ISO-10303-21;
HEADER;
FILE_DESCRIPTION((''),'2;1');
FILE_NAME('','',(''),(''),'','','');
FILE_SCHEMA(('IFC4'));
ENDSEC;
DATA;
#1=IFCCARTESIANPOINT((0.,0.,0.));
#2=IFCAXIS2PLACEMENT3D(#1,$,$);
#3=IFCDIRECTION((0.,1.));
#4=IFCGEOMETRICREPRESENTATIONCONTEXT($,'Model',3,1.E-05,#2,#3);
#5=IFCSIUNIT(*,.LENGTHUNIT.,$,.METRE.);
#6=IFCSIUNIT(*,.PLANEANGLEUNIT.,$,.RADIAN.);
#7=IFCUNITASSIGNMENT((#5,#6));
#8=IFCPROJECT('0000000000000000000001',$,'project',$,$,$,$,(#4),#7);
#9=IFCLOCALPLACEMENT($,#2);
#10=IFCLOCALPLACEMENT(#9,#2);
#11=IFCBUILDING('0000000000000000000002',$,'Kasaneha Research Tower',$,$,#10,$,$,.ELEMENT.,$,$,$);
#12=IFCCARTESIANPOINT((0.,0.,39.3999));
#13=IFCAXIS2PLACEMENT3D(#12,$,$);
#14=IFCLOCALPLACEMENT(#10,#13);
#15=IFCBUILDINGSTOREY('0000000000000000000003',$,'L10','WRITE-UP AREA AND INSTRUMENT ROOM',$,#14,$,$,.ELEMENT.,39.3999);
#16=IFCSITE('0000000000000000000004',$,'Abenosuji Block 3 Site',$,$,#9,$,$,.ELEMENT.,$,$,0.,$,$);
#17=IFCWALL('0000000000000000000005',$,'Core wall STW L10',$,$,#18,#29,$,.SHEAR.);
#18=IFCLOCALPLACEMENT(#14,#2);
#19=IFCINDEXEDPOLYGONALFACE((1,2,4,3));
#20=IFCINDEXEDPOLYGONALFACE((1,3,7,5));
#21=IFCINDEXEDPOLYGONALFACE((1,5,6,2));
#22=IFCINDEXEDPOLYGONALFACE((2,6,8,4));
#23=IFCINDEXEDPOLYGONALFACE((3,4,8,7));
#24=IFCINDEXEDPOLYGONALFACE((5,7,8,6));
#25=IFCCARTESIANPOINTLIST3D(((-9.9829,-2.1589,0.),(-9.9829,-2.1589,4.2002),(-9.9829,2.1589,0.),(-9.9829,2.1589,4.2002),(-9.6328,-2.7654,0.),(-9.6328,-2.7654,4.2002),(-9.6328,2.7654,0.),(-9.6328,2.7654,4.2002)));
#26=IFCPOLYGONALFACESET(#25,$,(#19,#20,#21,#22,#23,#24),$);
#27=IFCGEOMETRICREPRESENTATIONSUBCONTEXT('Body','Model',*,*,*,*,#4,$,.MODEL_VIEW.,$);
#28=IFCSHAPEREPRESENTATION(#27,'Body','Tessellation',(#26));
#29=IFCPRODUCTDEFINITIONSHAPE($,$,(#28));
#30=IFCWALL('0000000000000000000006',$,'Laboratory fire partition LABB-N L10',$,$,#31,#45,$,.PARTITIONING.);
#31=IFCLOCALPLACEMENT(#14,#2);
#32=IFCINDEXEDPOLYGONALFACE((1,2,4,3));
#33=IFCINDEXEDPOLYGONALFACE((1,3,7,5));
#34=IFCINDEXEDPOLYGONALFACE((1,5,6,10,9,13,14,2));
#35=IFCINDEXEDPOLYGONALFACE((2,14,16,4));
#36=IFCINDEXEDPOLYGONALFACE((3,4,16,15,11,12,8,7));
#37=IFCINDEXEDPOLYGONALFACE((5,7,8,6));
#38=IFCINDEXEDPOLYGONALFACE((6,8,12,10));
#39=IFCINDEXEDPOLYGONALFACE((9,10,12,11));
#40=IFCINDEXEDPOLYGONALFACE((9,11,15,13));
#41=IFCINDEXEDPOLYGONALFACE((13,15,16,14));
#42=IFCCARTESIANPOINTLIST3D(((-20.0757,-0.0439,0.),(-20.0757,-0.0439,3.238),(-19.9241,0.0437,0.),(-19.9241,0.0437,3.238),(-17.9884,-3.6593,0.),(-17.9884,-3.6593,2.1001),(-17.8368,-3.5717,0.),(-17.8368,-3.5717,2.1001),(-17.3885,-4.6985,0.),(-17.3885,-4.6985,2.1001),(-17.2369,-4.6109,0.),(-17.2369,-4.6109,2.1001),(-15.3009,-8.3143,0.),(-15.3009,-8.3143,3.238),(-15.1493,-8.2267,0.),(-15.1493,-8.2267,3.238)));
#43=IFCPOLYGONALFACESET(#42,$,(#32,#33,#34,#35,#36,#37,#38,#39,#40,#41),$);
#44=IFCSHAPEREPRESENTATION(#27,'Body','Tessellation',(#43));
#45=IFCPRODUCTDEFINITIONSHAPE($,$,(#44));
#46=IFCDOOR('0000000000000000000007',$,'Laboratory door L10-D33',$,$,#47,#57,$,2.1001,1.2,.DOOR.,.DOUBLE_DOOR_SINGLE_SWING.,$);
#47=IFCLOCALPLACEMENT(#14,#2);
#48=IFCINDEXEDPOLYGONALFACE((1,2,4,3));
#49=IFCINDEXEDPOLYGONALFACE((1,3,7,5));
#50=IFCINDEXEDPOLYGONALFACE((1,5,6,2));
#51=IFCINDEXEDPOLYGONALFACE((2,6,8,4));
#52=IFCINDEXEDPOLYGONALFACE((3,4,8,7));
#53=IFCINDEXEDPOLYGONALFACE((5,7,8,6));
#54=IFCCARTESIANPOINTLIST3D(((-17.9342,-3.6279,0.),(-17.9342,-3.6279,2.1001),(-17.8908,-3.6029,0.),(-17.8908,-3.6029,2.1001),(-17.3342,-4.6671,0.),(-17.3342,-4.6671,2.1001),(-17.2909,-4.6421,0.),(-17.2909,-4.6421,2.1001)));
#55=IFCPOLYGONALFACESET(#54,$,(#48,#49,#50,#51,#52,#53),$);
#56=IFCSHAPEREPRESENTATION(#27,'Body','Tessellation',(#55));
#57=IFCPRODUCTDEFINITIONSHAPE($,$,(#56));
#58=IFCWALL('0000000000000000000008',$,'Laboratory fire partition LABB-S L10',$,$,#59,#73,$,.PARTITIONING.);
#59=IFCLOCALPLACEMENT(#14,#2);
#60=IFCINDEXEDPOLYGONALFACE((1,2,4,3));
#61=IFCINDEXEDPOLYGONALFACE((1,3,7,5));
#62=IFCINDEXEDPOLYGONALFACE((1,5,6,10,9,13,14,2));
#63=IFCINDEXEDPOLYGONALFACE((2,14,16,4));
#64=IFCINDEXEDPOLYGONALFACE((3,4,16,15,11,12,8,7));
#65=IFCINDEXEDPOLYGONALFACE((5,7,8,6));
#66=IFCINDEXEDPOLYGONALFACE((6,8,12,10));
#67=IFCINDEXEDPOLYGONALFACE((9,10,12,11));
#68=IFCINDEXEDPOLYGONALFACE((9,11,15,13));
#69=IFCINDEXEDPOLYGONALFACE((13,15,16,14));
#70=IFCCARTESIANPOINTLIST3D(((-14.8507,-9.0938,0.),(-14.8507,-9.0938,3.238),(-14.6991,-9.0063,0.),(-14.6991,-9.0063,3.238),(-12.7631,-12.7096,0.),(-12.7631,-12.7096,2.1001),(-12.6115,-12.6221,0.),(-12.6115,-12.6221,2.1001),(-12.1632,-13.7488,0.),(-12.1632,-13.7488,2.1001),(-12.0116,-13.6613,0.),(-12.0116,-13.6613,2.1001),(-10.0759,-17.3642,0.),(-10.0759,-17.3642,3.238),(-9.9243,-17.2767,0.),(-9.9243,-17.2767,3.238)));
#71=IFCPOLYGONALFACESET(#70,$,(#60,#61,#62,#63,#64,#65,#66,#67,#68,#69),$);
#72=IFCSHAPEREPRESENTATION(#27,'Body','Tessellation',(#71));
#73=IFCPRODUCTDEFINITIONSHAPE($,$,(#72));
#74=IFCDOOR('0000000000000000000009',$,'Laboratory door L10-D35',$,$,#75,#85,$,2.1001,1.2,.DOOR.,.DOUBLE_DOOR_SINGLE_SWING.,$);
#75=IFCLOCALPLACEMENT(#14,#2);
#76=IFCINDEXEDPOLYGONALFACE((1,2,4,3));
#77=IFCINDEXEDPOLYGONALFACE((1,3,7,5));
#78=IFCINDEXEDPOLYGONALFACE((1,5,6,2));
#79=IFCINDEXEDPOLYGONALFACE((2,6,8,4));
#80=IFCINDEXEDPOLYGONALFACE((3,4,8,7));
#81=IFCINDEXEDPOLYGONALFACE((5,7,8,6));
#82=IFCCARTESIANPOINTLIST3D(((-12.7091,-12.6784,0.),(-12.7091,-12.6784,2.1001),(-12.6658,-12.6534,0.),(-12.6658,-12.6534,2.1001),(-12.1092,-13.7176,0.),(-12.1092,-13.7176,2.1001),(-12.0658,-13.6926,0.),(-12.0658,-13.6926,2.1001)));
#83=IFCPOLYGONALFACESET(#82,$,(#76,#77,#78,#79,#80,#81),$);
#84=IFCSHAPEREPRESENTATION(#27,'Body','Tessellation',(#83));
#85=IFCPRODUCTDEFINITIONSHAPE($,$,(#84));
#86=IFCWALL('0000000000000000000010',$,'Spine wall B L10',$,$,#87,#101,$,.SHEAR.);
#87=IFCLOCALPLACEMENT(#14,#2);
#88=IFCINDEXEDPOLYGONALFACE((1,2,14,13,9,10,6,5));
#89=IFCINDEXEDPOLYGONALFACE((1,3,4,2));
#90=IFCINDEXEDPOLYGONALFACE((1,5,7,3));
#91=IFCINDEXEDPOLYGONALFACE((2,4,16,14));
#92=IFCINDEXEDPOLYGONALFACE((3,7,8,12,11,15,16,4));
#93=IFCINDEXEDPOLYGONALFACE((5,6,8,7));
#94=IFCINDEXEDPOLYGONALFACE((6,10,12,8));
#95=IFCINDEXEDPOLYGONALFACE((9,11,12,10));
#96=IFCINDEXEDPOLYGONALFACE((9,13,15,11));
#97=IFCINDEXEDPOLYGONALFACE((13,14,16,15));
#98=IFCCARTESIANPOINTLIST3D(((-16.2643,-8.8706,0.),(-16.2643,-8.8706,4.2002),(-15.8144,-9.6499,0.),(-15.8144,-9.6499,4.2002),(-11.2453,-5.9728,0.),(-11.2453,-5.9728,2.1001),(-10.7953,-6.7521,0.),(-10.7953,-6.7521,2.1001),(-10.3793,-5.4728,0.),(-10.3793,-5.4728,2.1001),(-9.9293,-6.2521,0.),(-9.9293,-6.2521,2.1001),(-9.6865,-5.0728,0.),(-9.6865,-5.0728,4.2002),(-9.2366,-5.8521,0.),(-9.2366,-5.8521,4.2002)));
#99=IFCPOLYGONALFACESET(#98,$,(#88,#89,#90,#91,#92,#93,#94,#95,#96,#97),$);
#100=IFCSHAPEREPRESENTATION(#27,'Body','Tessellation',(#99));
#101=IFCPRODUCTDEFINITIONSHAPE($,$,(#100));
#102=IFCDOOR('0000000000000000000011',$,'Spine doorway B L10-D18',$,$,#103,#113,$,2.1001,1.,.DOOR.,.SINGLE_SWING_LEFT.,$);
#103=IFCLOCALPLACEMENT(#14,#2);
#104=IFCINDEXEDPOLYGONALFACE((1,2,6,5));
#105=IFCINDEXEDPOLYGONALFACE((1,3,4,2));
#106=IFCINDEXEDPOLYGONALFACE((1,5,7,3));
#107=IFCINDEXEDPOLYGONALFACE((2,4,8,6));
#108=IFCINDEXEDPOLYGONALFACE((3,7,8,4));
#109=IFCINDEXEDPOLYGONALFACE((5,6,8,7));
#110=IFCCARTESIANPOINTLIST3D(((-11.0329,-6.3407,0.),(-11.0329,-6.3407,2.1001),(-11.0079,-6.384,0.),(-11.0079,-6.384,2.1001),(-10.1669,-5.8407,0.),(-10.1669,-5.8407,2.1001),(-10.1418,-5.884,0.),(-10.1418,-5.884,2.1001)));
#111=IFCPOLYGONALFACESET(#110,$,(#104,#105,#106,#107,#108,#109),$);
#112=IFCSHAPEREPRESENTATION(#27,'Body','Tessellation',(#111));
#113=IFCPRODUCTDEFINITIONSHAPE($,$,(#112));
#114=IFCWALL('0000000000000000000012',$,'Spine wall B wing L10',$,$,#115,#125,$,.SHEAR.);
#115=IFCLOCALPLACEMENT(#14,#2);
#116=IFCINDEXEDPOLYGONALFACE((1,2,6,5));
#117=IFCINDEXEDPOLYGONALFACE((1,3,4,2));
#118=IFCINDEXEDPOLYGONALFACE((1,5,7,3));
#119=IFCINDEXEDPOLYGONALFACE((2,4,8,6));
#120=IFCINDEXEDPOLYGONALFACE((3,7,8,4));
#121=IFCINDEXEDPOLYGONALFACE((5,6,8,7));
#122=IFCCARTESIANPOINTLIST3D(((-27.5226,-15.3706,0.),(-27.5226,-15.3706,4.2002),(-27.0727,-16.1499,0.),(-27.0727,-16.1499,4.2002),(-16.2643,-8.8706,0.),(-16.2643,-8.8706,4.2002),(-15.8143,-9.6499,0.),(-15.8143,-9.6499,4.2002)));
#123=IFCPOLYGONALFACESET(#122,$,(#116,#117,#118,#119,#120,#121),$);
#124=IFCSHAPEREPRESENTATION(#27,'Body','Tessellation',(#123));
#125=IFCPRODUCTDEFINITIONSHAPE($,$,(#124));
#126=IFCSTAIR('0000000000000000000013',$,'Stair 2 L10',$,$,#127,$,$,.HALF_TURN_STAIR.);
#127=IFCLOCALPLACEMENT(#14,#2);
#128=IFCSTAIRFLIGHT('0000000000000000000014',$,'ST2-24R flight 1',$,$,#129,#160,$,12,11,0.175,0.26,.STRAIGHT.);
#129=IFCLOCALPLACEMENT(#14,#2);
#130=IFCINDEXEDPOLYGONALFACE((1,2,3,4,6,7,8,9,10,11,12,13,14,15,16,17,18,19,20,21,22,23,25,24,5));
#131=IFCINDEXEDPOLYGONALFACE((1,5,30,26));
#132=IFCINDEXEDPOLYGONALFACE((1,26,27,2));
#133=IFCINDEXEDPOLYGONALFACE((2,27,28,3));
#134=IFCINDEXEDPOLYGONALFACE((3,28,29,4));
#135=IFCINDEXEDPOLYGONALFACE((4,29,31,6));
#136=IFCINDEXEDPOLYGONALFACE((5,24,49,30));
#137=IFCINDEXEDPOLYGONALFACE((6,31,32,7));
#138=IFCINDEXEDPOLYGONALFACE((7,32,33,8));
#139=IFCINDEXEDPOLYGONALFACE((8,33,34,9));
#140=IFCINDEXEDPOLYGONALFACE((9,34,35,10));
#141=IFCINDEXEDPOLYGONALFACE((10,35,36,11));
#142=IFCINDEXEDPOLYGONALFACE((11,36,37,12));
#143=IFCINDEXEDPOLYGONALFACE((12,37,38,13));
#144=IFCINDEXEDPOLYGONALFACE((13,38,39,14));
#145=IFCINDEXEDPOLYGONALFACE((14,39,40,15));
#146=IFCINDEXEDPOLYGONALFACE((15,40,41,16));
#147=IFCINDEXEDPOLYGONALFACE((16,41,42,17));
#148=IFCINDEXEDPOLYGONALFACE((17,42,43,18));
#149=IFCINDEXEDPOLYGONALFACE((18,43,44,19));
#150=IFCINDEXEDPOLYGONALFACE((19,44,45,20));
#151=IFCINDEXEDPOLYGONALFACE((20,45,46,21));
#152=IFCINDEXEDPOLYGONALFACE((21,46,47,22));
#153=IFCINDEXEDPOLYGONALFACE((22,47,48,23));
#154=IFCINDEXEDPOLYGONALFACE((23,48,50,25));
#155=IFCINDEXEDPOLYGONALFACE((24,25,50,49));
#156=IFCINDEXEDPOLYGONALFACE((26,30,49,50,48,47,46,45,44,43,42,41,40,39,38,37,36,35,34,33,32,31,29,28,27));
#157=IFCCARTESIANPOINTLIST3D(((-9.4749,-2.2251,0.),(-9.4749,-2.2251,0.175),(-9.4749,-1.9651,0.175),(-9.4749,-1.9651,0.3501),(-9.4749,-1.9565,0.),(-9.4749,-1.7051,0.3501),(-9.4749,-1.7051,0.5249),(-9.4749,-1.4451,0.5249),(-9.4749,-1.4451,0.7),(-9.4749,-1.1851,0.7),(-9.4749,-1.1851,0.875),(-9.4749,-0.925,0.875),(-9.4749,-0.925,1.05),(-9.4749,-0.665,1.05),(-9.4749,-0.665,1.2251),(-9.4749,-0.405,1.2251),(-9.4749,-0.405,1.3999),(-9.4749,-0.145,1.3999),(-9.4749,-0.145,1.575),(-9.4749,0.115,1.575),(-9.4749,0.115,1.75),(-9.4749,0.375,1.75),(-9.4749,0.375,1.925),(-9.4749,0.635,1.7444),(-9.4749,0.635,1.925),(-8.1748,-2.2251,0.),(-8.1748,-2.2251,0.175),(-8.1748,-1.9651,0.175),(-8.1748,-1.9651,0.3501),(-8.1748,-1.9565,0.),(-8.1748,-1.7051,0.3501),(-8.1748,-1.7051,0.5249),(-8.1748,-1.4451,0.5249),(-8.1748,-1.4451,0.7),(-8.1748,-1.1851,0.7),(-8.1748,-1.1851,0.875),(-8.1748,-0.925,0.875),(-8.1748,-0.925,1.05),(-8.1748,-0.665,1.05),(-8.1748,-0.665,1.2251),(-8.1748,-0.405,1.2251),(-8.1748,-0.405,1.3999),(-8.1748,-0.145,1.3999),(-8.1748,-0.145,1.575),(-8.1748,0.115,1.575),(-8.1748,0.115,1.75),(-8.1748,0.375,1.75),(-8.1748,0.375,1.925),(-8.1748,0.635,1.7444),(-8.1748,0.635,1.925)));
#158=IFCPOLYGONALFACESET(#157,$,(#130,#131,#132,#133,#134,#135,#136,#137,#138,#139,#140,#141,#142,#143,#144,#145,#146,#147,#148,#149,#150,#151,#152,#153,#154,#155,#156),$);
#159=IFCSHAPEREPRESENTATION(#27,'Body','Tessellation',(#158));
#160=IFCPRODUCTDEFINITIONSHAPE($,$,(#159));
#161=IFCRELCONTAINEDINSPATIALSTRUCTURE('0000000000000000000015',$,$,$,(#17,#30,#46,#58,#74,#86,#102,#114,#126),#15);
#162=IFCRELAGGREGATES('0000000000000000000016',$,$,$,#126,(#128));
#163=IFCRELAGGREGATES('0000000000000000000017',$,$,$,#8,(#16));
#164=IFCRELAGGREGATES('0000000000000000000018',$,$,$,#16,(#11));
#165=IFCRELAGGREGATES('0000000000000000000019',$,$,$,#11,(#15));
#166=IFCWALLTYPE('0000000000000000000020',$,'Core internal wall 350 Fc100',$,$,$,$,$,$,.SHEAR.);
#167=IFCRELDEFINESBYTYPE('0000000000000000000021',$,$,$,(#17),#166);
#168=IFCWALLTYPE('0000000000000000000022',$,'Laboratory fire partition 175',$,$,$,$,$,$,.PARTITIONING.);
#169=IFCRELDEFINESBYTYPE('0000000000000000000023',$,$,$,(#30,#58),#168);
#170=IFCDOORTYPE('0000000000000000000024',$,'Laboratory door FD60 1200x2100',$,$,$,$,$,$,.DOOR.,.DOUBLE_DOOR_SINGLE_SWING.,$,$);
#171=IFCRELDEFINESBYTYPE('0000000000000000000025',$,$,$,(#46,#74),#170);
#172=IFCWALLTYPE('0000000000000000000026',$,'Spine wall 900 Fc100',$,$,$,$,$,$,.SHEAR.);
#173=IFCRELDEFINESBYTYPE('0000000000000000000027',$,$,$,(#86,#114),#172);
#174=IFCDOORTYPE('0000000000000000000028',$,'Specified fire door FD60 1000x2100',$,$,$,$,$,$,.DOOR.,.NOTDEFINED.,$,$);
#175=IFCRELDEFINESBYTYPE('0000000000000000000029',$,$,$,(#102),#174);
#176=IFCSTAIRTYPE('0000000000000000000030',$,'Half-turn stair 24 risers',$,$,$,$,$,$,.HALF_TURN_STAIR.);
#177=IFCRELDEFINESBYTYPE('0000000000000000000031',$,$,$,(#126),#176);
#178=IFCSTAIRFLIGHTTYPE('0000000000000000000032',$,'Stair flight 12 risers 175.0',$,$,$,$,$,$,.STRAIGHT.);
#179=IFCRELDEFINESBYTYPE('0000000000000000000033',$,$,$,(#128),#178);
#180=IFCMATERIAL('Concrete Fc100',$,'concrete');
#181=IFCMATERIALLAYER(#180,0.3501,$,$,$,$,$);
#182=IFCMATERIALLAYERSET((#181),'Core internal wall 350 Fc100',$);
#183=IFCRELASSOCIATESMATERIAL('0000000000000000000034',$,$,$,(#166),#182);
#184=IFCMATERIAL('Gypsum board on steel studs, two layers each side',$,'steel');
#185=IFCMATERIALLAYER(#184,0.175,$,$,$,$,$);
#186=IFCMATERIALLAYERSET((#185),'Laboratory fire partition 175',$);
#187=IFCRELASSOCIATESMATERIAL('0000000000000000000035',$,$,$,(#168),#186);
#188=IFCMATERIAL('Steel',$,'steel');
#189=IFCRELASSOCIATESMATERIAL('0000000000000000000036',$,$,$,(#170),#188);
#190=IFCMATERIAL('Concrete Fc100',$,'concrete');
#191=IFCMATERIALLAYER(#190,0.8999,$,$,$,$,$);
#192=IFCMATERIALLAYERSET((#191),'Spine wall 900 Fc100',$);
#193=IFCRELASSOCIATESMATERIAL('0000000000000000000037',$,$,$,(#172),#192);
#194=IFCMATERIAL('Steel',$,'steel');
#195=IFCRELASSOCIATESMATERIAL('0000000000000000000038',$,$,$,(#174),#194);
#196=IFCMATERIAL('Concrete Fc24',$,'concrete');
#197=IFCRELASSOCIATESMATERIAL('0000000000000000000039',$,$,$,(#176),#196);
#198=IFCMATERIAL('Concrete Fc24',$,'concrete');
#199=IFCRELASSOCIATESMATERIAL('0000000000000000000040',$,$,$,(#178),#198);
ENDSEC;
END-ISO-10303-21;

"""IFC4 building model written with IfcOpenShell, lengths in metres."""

from ifc_helpers import new_model, si_unit, direction, frame, frame_2d, origin, place, context, subcontext, project, spatial, polyline, rectangle, outline, extrude, material, layer, layer_set, type_object, element, fill, aggregate, save


model = new_model("IFC4")

# Units and contexts
model_context = context("Model", 3, precision=1e-05, world=origin(), true_north=direction((0.0, 1.0)))
body_context = subcontext(model_context, "Body", "Model", "MODEL_VIEW")
ifc_project = project(units=[si_unit("LENGTHUNIT", "METRE"), si_unit("PLANEANGLEUNIT", "RADIAN")], contexts=[model_context])

# Site, building, storey
site_placement = place(None, origin())
site = spatial("IfcSite", under=ifc_project, at=site_placement, Name="Abenosuji Block 3 Site", CompositionType="ELEMENT", RefElevation=0.0)
building_placement = place(site_placement, origin())
building = spatial("IfcBuilding", under=site, at=building_placement, Name="Kasaneha Research Tower", CompositionType="ELEMENT")
storey_placement = place(building_placement, frame((0.0, 0.0, 39.3999)))
storey = spatial("IfcBuildingStorey", under=building, at=storey_placement, Name="L10", Description="WRITE-UP AREA AND INSTRUMENT ROOM", CompositionType="ELEMENT", Elevation=39.3999)

# Shared definitions
ifc_material_1 = material(Name="Concrete Fc100", Category="concrete")
ifc_layer_1 = layer(ifc_material_1, 0.3501)
ifc_layer_set_1 = layer_set([ifc_layer_1], Name="Core internal wall 350 Fc100")
wall_type_1 = type_object("IfcWallType", Name="Core internal wall 350 Fc100", PredefinedType="SHEAR", material=ifc_layer_set_1)

# Wall
wall_1_placement = place(storey_placement, frame((-9.8079, -2.4622, 0.0), z_axis=(0.0, 0.0, 1.0), x_axis=(0.0, 1.0, 0.0)))
element("IfcWall", 1, at=wall_1_placement, inside=storey, type_object=wall_type_1, Name="Core wall STW L10", PredefinedType="SHEAR", context=body_context, shape_type="SweptSolid", body=[
    extrude(outline(polyline([(-0.3032, -0.175), (5.2275, -0.175), (4.6211, 0.175), (0.3032, 0.175), (-0.3032, -0.175)])), origin(), (0.0, 0.0, 1.0), 4.2002),
])

# Walls, openings, doors
ifc_material_2 = material(Name="Gypsum board on steel studs, two layers each side", Category="steel")
ifc_layer_2 = layer(ifc_material_2, 0.175)
ifc_layer_set_2 = layer_set([ifc_layer_2], Name="Laboratory fire partition 175")
wall_type_2 = type_object("IfcWallType", Name="Laboratory fire partition 175", PredefinedType="PARTITIONING", material=ifc_layer_set_2)
wall_2_placement = place(storey_placement, frame((-15.2251, -8.2705, 0.0), z_axis=(0.0, 0.0, 1.0), x_axis=(-0.499994, 0.866029, 0.0)))
wall_2 = element("IfcWall", 2, at=wall_2_placement, inside=storey, type_object=wall_type_2, Name="Laboratory fire partition LABB-N L10", PredefinedType="PARTITIONING", context=body_context, shape_type="SweptSolid", body=[
    extrude(rectangle(XDim=9.5498, YDim=0.175, at=frame_2d((4.7749, 0.0))), origin(), (0.0, 0.0, 1.0), 3.238),
])
opening_1_placement = place(wall_2_placement, frame((4.175, 0.0, 0.0)))
opening_1 = element("IfcOpeningElement", 3, at=opening_1_placement, cuts=wall_2, PredefinedType="OPENING", context=body_context, shape_type="SweptSolid", body=[
    extrude(rectangle(XDim=1.2, YDim=2.1001, at=frame_2d((0.6001, 1.05))), frame((0.0, 0.0977, 0.0), z_axis=(0.0, -1.0, 0.0), x_axis=(1.0, 0.0, 0.0)), (0.0, 0.0, 1.0), 0.1951),
])
ifc_material_3 = material(Name="Steel", Category="steel")
door_type_1 = type_object("IfcDoorType", Name="Laboratory door FD60 1200x2100", OperationType="DOUBLE_DOOR_SINGLE_SWING", PredefinedType="DOOR", material=ifc_material_3)
door_1_placement = place(opening_1_placement, origin())
door_1 = element("IfcDoor", 4, at=door_1_placement, inside=storey, type_object=door_type_1, Name="Laboratory door L10-D33", OperationType="DOUBLE_DOOR_SINGLE_SWING", OverallHeight=2.1001, OverallWidth=1.2, PredefinedType="DOOR", context=body_context, shape_type="SweptSolid", body=[
    extrude(rectangle(XDim=1.2, YDim=2.1001, at=frame_2d((0.6001, 1.05))), frame((0.0, 0.0249, 0.0), z_axis=(0.0, -1.0, 0.0), x_axis=(1.0, 0.0, 0.0)), (0.0, 0.0, 1.0), 0.05),
])
fill(opening_1, door_1)
wall_3_placement = place(storey_placement, frame((-14.7749, -9.05, 0.0), z_axis=(0.0, 0.0, 1.0), x_axis=(0.499994, -0.866029, 0.0)))
wall_3 = element("IfcWall", 5, at=wall_3_placement, inside=storey, type_object=wall_type_2, Name="Laboratory fire partition LABB-S L10", PredefinedType="PARTITIONING", context=body_context, shape_type="SweptSolid", body=[
    extrude(rectangle(XDim=9.5498, YDim=0.175, at=frame_2d((4.7749, 0.0))), origin(), (0.0, 0.0, 1.0), 3.238),
])
opening_2_placement = place(wall_3_placement, frame((4.175, 0.0, 0.0)))
opening_2 = element("IfcOpeningElement", 6, at=opening_2_placement, cuts=wall_3, PredefinedType="OPENING", context=body_context, shape_type="SweptSolid", body=[
    extrude(rectangle(XDim=1.2, YDim=2.1001, at=frame_2d((0.6001, 1.05))), frame((0.0, 0.0977, 0.0), z_axis=(0.0, -1.0, 0.0), x_axis=(1.0, 0.0, 0.0)), (0.0, 0.0, 1.0), 0.1951),
])
door_2_placement = place(opening_2_placement, origin())
door_2 = element("IfcDoor", 7, at=door_2_placement, inside=storey, type_object=door_type_1, Name="Laboratory door L10-D35", OperationType="DOUBLE_DOOR_SINGLE_SWING", OverallHeight=2.1001, OverallWidth=1.2, PredefinedType="DOOR", context=body_context, shape_type="SweptSolid", body=[
    extrude(rectangle(XDim=1.2, YDim=2.1001, at=frame_2d((0.6001, 1.05))), frame((0.0, 0.0249, 0.0), z_axis=(0.0, -1.0, 0.0), x_axis=(1.0, 0.0, 0.0)), (0.0, 0.0, 1.0), 0.05),
])
fill(opening_2, door_2)
ifc_material_4 = material(Name="Concrete Fc100", Category="concrete")
ifc_layer_3 = layer(ifc_material_4, 0.8999)
ifc_layer_set_3 = layer_set([ifc_layer_3], Name="Spine wall 900 Fc100")
wall_type_3 = type_object("IfcWallType", Name="Spine wall 900 Fc100", PredefinedType="SHEAR", material=ifc_layer_set_3)
wall_4_placement = place(storey_placement, frame((-9.4614, -5.4624, 0.0), z_axis=(0.0, 0.0, 1.0), x_axis=(-0.866019, -0.500011, 0.0)))
wall_4 = element("IfcWall", 8, at=wall_4_placement, inside=storey, type_object=wall_type_3, Name="Spine wall B L10", PredefinedType="SHEAR", context=body_context, shape_type="SweptSolid", body=[
    extrude(rectangle(XDim=7.5955, YDim=0.8999, at=frame_2d((3.7979, 0.0))), origin(), (0.0, 0.0, 1.0), 4.2002),
])
opening_3_placement = place(wall_4_placement, frame((0.8, 0.0, 0.0)))
opening_3 = element("IfcOpeningElement", 9, at=opening_3_placement, cuts=wall_4, PredefinedType="OPENING", context=body_context, shape_type="SweptSolid", body=[
    extrude(rectangle(XDim=1.0, YDim=2.1001, at=frame_2d((0.5, 1.05))), frame((0.0, 0.46, 0.0), z_axis=(0.0, -1.0, 0.0), x_axis=(1.0, 0.0, 0.0)), (0.0, 0.0, 1.0), 0.9199),
])
ifc_material_5 = material(Name="Steel", Category="steel")
door_type_2 = type_object("IfcDoorType", Name="Specified fire door FD60 1000x2100", OperationType="NOTDEFINED", PredefinedType="DOOR", material=ifc_material_5)
door_3_placement = place(opening_3_placement, origin())
door_3 = element("IfcDoor", 10, at=door_3_placement, inside=storey, type_object=door_type_2, Name="Spine doorway B L10-D18", OperationType="SINGLE_SWING_LEFT", OverallHeight=2.1001, OverallWidth=1.0, PredefinedType="DOOR", context=body_context, shape_type="SweptSolid", body=[
    extrude(rectangle(XDim=1.0, YDim=2.1001, at=frame_2d((0.5, 1.05))), frame((0.0, 0.0249, 0.0), z_axis=(0.0, -1.0, 0.0), x_axis=(1.0, 0.0, 0.0)), (0.0, 0.0, 1.0), 0.05),
])
fill(opening_3, door_3)

# Wall
wall_5_placement = place(storey_placement, frame((-16.0393, -9.2603, 0.0), z_axis=(0.0, 0.0, 1.0), x_axis=(-0.866025, -0.500001, 0.0)))
element("IfcWall", 11, at=wall_5_placement, inside=storey, type_object=wall_type_3, Name="Spine wall B wing L10", PredefinedType="SHEAR", context=body_context, shape_type="SweptSolid", body=[
    extrude(rectangle(XDim=13.0, YDim=0.8999, at=frame_2d((6.5, 0.0))), origin(), (0.0, 0.0, 1.0), 4.2002),
])

# Stair, stair flight
ifc_material_6 = material(Name="Concrete Fc24", Category="concrete")
stair_type = type_object("IfcStairType", Name="Half-turn stair 24 risers", PredefinedType="HALF_TURN_STAIR", material=ifc_material_6)
stair_placement = place(storey_placement, origin())
stair = element("IfcStair", 12, at=stair_placement, inside=storey, type_object=stair_type, Name="Stair 2 L10", PredefinedType="HALF_TURN_STAIR")
ifc_material_7 = material(Name="Concrete Fc24", Category="concrete")
stair_flight_type = type_object("IfcStairFlightType", Name="Stair flight 12 risers 175.0", PredefinedType="STRAIGHT", material=ifc_material_7)
stair_flight_placement = place(storey_placement, frame((-8.825, -2.2251, 0.0), z_axis=(0.0, 0.0, 1.0), x_axis=(0.0, 1.0, 0.0)))
stair_flight = element("IfcStairFlight", 13, at=stair_flight_placement, type_object=stair_flight_type, Name="ST2-24R flight 1", NumberOfRisers=12, NumberOfTreads=11, PredefinedType="STRAIGHT", RiserHeight=0.175, TreadLength=0.26, context=body_context, shape_type="SweptSolid", body=[
    extrude(outline(polyline([(0.0, 0.0), (0.0, 0.175), (0.26, 0.175), (0.26, 0.3501), (0.52, 0.3501), (0.52, 0.5249), (0.78, 0.5249), (0.78, 0.7), (1.04, 0.7), (1.04, 0.875), (1.3, 0.875), (1.3, 1.05), (1.5601, 1.05), (1.5601, 1.2251), (1.8201, 1.2251), (1.8201, 1.3999), (2.0801, 1.3999), (2.0801, 1.575), (2.3401, 1.575), (2.3401, 1.75), (2.6001, 1.75), (2.6001, 1.925), (2.8601, 1.925), (2.8601, 2.1001), (2.8601, 1.7444), (0.2686, 0.0), (0.0, 0.0)])), frame((0.0, 0.6499, 0.0), z_axis=(0.0, -1.0, 0.0), x_axis=(1.0, 0.0, 0.0)), (0.0, 0.0, 1.0), 1.3),
])
aggregate(stair, [stair_flight])

save(model, "model.ifc")
